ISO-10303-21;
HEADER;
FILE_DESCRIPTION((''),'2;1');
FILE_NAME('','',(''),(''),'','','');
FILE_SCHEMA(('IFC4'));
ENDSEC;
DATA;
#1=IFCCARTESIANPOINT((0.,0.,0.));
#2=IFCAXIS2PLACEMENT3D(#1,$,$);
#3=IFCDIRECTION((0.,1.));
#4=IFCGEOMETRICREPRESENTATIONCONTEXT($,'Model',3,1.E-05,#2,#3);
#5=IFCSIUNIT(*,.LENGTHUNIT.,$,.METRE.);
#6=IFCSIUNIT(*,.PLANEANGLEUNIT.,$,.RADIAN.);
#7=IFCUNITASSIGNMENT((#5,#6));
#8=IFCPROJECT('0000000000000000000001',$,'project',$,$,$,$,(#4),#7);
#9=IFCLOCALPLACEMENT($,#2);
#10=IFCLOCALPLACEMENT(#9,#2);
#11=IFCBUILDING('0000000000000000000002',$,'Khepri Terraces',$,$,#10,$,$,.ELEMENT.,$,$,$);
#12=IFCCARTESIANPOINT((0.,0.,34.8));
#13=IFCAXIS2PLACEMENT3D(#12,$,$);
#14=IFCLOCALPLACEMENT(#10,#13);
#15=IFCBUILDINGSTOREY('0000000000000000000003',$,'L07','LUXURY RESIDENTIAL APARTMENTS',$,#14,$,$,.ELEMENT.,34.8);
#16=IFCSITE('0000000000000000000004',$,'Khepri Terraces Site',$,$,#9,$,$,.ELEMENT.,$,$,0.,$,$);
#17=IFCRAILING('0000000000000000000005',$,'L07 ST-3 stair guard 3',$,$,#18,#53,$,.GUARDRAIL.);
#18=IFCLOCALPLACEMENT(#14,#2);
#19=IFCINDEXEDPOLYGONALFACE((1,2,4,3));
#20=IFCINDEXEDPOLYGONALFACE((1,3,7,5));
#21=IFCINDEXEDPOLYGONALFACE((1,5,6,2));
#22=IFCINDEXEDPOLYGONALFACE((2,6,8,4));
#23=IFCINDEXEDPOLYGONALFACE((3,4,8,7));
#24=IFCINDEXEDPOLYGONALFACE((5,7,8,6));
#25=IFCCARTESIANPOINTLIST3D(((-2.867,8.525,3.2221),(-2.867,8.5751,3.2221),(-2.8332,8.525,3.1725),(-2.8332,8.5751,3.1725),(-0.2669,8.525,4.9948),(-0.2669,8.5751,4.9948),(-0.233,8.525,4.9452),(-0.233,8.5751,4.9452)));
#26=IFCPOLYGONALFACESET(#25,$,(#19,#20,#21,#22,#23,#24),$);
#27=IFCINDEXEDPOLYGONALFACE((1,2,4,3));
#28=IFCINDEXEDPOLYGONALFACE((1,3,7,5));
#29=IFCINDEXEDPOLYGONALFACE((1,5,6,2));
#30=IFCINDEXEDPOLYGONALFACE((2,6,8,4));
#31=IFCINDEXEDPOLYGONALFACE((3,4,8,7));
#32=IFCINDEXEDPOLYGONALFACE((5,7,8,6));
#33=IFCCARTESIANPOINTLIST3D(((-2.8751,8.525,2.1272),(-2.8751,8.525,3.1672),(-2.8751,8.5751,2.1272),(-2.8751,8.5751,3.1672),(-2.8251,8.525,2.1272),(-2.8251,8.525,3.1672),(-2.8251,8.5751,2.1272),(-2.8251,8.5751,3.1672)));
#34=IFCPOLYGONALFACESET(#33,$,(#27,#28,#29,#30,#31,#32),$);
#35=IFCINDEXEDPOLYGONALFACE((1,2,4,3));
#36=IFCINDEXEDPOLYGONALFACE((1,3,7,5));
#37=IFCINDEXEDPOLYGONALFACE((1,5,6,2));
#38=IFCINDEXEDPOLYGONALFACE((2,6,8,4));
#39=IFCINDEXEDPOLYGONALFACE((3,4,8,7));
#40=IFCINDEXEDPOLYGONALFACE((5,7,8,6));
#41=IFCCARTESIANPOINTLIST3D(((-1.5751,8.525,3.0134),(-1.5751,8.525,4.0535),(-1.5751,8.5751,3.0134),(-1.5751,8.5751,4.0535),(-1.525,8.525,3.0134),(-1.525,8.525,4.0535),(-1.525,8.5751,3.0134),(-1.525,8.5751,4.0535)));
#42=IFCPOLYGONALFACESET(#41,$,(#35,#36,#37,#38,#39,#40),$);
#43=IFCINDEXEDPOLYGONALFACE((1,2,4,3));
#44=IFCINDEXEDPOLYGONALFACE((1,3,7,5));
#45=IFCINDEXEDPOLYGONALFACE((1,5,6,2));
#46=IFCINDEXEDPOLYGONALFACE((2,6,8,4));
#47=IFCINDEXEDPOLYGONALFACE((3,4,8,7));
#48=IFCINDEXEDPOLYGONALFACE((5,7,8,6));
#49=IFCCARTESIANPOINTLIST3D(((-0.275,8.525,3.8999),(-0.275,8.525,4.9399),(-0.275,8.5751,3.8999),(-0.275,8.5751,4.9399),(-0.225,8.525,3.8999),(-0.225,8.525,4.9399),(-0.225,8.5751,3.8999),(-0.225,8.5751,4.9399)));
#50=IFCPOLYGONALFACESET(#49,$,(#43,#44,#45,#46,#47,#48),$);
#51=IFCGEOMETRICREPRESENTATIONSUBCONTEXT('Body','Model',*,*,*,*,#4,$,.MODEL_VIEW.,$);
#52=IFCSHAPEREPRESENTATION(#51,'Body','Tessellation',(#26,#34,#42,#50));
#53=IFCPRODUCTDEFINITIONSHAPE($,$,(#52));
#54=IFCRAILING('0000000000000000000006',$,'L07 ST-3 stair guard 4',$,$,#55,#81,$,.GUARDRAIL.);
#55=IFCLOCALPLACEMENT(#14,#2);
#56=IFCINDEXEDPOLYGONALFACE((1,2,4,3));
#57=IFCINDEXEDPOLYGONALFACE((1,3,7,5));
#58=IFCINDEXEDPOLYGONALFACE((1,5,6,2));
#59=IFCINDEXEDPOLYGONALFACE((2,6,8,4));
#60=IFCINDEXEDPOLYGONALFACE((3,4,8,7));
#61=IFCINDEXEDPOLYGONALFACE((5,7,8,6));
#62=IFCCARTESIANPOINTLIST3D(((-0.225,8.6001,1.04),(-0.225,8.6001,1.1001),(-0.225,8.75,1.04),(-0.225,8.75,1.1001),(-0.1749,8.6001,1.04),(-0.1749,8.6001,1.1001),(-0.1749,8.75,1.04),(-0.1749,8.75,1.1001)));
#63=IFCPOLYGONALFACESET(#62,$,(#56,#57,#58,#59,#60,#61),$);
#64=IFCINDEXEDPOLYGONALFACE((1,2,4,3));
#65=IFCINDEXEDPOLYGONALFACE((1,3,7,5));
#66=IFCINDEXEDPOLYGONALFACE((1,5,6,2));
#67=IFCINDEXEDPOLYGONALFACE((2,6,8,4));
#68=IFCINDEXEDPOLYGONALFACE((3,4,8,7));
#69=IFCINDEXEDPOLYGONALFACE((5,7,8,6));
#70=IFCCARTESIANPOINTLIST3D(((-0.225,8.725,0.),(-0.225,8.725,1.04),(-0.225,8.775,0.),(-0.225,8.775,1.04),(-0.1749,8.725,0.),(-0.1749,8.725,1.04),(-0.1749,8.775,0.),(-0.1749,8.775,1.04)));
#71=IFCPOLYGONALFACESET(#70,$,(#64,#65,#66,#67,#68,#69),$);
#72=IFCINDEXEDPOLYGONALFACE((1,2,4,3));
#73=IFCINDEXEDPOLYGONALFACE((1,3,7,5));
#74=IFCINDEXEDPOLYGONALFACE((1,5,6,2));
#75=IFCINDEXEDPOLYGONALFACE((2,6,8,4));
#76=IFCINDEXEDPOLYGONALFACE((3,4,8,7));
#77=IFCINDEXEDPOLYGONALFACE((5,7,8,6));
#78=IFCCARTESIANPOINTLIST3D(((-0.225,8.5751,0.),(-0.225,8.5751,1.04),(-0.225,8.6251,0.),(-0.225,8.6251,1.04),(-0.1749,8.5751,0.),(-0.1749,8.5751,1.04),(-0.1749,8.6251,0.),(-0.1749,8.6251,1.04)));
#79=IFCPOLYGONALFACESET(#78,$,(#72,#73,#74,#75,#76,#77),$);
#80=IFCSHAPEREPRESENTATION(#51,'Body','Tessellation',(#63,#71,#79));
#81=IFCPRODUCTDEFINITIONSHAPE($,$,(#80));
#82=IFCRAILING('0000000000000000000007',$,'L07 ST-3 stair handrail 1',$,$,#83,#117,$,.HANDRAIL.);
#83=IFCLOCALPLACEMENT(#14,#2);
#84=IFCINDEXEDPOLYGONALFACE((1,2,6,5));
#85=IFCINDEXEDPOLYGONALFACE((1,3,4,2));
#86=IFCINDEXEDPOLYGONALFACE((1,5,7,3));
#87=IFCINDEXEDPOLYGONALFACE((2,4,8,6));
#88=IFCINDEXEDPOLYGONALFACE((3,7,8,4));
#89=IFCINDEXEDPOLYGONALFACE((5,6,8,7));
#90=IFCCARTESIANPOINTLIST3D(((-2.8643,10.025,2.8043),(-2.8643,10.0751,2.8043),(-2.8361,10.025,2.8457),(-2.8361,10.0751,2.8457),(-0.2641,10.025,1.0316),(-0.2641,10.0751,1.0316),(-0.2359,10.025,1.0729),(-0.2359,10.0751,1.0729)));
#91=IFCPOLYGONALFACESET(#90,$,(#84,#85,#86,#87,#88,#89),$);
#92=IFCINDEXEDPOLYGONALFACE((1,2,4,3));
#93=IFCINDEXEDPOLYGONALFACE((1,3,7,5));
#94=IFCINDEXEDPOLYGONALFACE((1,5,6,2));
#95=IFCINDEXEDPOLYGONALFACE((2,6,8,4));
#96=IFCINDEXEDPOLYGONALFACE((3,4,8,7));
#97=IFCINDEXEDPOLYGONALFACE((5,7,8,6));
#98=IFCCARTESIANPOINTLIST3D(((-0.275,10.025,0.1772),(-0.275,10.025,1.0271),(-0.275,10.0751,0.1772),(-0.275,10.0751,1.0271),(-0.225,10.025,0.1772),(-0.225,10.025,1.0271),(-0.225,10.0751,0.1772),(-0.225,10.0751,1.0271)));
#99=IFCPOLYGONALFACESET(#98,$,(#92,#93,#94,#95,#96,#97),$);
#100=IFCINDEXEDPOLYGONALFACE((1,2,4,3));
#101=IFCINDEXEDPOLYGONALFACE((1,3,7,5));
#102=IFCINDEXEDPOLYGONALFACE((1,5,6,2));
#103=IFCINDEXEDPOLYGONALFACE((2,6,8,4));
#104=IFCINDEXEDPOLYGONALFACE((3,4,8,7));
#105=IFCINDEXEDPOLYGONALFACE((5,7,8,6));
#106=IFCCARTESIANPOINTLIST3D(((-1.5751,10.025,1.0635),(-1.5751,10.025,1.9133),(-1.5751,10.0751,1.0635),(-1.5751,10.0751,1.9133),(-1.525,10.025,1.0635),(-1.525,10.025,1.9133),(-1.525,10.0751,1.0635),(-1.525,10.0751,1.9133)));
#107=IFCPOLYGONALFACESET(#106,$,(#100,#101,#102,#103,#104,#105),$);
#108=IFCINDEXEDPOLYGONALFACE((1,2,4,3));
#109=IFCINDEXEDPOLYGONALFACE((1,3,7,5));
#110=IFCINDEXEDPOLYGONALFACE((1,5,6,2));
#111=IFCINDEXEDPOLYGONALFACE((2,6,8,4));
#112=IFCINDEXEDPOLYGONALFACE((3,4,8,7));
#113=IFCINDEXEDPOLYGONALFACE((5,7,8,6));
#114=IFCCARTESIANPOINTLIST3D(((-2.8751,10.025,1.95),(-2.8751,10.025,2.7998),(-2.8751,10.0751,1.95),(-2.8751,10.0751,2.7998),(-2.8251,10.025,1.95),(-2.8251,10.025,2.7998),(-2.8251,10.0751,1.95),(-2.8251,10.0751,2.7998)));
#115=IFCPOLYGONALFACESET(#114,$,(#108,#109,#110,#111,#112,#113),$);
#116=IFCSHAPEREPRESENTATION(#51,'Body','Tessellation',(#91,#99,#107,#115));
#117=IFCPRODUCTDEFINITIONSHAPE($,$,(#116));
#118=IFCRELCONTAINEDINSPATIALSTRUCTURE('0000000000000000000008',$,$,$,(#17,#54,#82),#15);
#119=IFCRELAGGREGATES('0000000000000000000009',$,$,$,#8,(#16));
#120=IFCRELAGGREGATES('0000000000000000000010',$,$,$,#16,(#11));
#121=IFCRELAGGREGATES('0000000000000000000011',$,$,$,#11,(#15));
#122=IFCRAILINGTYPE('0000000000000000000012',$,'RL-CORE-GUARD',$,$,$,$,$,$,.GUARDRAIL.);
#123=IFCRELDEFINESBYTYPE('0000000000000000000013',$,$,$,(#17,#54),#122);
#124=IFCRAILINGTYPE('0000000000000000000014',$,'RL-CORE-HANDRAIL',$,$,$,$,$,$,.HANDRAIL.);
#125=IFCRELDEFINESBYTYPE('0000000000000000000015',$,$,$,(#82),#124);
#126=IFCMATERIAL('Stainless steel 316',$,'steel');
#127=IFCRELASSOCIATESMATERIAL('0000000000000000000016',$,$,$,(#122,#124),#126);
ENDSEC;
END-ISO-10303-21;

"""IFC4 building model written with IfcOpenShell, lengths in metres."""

from ifc_helpers import new_model, si_unit, direction, frame, origin, origin_2d, place, context, subcontext, project, spatial, rectangle, extrude, material, type_object, element, save


model = new_model("IFC4")

# Units and contexts
model_context = context("Model", 3, precision=1e-05, world=origin(), true_north=direction((0.0, 1.0)))
body_context = subcontext(model_context, "Body", "Model", "MODEL_VIEW")
ifc_project = project(units=[si_unit("LENGTHUNIT", "METRE"), si_unit("PLANEANGLEUNIT", "RADIAN")], contexts=[model_context])

# Site, building, storey
site_placement = place(None, origin())
site = spatial("IfcSite", under=ifc_project, at=site_placement, Name="Khepri Terraces Site", CompositionType="ELEMENT", RefElevation=0.0)
building_placement = place(site_placement, origin())
building = spatial("IfcBuilding", under=site, at=building_placement, Name="Khepri Terraces", CompositionType="ELEMENT")
storey_placement = place(building_placement, frame((0.0, 0.0, 34.8)))
storey = spatial("IfcBuildingStorey", under=building, at=storey_placement, Name="L07", Description="LUXURY RESIDENTIAL APARTMENTS", CompositionType="ELEMENT", Elevation=34.8)

# Railings
ifc_material_1 = material(Name="Stainless steel 316", Category="steel")
railing_type_1 = type_object("IfcRailingType", Name="RL-CORE-GUARD", PredefinedType="GUARDRAIL", material=ifc_material_1)
railing_1_placement = place(storey_placement, frame((-2.8501, 8.55, 2.1272)))
element("IfcRailing", 1, at=railing_1_placement, inside=storey, type_object=railing_type_1, Name="L07 ST-3 stair guard 3", PredefinedType="GUARDRAIL", context=body_context, shape_type="SweptSolid", body=[
    extrude(rectangle(XDim=0.05, YDim=0.0601, at=origin_2d()), frame((0.0, 0.0, 1.0701), z_axis=(0.82624, 0.0, 0.563318), x_axis=(0.0, 1.0, 0.0)), (0.0, 0.0, 1.0), 3.147),
    extrude(rectangle(XDim=0.05, YDim=0.05, at=origin_2d()), origin(), (0.0, 0.0, 1.0), 1.04),
    extrude(rectangle(XDim=0.05, YDim=0.05, at=origin_2d()), frame((1.3, 0.0, 0.8862)), (0.0, 0.0, 1.0), 1.04),
    extrude(rectangle(XDim=0.05, YDim=0.05, at=origin_2d()), frame((2.6001, 0.0, 1.7727)), (0.0, 0.0, 1.0), 1.04),
])
railing_2_placement = place(storey_placement, frame((-0.2, 8.75, 0.0)))
element("IfcRailing", 2, at=railing_2_placement, inside=storey, type_object=railing_type_1, Name="L07 ST-3 stair guard 4", PredefinedType="GUARDRAIL", context=body_context, shape_type="SweptSolid", body=[
    extrude(rectangle(XDim=0.05, YDim=0.0601, at=origin_2d()), frame((0.0, 0.0, 1.0701), z_axis=(0.0, -1.0, 0.0), x_axis=(1.0, 0.0, 0.0)), (0.0, 0.0, 1.0), 0.1499),
    extrude(rectangle(XDim=0.05, YDim=0.05, at=origin_2d()), origin(), (0.0, 0.0, 1.0), 1.04),
    extrude(rectangle(XDim=0.05, YDim=0.05, at=origin_2d()), frame((0.0, -0.1499, 0.0)), (0.0, 0.0, 1.0), 1.04),
])
railing_type_2 = type_object("IfcRailingType", Name="RL-CORE-HANDRAIL", PredefinedType="HANDRAIL", material=ifc_material_1)
railing_3_placement = place(storey_placement, frame((-0.25, 10.05, 0.1772)))
element("IfcRailing", 3, at=railing_3_placement, inside=storey, type_object=railing_type_2, Name="L07 ST-3 stair handrail 1", PredefinedType="HANDRAIL", context=body_context, shape_type="SweptSolid", body=[
    extrude(rectangle(XDim=0.05, YDim=0.05, at=origin_2d()), frame((0.0, 0.0, 0.875), z_axis=(-0.82624, 0.0, 0.563318), x_axis=(0.0, -1.0, 0.0)), (0.0, 0.0, 1.0), 3.147),
    extrude(rectangle(XDim=0.05, YDim=0.05, at=origin_2d()), origin(), (0.0, 0.0, 1.0), 0.8499),
    extrude(rectangle(XDim=0.05, YDim=0.05, at=origin_2d()), frame((-1.3, 0.0, 0.8862)), (0.0, 0.0, 1.0), 0.8499),
    extrude(rectangle(XDim=0.05, YDim=0.05, at=origin_2d()), frame((-2.6001, 0.0, 1.7727)), (0.0, 0.0, 1.0), 0.8499),
])

save(model, "model.ifc")
